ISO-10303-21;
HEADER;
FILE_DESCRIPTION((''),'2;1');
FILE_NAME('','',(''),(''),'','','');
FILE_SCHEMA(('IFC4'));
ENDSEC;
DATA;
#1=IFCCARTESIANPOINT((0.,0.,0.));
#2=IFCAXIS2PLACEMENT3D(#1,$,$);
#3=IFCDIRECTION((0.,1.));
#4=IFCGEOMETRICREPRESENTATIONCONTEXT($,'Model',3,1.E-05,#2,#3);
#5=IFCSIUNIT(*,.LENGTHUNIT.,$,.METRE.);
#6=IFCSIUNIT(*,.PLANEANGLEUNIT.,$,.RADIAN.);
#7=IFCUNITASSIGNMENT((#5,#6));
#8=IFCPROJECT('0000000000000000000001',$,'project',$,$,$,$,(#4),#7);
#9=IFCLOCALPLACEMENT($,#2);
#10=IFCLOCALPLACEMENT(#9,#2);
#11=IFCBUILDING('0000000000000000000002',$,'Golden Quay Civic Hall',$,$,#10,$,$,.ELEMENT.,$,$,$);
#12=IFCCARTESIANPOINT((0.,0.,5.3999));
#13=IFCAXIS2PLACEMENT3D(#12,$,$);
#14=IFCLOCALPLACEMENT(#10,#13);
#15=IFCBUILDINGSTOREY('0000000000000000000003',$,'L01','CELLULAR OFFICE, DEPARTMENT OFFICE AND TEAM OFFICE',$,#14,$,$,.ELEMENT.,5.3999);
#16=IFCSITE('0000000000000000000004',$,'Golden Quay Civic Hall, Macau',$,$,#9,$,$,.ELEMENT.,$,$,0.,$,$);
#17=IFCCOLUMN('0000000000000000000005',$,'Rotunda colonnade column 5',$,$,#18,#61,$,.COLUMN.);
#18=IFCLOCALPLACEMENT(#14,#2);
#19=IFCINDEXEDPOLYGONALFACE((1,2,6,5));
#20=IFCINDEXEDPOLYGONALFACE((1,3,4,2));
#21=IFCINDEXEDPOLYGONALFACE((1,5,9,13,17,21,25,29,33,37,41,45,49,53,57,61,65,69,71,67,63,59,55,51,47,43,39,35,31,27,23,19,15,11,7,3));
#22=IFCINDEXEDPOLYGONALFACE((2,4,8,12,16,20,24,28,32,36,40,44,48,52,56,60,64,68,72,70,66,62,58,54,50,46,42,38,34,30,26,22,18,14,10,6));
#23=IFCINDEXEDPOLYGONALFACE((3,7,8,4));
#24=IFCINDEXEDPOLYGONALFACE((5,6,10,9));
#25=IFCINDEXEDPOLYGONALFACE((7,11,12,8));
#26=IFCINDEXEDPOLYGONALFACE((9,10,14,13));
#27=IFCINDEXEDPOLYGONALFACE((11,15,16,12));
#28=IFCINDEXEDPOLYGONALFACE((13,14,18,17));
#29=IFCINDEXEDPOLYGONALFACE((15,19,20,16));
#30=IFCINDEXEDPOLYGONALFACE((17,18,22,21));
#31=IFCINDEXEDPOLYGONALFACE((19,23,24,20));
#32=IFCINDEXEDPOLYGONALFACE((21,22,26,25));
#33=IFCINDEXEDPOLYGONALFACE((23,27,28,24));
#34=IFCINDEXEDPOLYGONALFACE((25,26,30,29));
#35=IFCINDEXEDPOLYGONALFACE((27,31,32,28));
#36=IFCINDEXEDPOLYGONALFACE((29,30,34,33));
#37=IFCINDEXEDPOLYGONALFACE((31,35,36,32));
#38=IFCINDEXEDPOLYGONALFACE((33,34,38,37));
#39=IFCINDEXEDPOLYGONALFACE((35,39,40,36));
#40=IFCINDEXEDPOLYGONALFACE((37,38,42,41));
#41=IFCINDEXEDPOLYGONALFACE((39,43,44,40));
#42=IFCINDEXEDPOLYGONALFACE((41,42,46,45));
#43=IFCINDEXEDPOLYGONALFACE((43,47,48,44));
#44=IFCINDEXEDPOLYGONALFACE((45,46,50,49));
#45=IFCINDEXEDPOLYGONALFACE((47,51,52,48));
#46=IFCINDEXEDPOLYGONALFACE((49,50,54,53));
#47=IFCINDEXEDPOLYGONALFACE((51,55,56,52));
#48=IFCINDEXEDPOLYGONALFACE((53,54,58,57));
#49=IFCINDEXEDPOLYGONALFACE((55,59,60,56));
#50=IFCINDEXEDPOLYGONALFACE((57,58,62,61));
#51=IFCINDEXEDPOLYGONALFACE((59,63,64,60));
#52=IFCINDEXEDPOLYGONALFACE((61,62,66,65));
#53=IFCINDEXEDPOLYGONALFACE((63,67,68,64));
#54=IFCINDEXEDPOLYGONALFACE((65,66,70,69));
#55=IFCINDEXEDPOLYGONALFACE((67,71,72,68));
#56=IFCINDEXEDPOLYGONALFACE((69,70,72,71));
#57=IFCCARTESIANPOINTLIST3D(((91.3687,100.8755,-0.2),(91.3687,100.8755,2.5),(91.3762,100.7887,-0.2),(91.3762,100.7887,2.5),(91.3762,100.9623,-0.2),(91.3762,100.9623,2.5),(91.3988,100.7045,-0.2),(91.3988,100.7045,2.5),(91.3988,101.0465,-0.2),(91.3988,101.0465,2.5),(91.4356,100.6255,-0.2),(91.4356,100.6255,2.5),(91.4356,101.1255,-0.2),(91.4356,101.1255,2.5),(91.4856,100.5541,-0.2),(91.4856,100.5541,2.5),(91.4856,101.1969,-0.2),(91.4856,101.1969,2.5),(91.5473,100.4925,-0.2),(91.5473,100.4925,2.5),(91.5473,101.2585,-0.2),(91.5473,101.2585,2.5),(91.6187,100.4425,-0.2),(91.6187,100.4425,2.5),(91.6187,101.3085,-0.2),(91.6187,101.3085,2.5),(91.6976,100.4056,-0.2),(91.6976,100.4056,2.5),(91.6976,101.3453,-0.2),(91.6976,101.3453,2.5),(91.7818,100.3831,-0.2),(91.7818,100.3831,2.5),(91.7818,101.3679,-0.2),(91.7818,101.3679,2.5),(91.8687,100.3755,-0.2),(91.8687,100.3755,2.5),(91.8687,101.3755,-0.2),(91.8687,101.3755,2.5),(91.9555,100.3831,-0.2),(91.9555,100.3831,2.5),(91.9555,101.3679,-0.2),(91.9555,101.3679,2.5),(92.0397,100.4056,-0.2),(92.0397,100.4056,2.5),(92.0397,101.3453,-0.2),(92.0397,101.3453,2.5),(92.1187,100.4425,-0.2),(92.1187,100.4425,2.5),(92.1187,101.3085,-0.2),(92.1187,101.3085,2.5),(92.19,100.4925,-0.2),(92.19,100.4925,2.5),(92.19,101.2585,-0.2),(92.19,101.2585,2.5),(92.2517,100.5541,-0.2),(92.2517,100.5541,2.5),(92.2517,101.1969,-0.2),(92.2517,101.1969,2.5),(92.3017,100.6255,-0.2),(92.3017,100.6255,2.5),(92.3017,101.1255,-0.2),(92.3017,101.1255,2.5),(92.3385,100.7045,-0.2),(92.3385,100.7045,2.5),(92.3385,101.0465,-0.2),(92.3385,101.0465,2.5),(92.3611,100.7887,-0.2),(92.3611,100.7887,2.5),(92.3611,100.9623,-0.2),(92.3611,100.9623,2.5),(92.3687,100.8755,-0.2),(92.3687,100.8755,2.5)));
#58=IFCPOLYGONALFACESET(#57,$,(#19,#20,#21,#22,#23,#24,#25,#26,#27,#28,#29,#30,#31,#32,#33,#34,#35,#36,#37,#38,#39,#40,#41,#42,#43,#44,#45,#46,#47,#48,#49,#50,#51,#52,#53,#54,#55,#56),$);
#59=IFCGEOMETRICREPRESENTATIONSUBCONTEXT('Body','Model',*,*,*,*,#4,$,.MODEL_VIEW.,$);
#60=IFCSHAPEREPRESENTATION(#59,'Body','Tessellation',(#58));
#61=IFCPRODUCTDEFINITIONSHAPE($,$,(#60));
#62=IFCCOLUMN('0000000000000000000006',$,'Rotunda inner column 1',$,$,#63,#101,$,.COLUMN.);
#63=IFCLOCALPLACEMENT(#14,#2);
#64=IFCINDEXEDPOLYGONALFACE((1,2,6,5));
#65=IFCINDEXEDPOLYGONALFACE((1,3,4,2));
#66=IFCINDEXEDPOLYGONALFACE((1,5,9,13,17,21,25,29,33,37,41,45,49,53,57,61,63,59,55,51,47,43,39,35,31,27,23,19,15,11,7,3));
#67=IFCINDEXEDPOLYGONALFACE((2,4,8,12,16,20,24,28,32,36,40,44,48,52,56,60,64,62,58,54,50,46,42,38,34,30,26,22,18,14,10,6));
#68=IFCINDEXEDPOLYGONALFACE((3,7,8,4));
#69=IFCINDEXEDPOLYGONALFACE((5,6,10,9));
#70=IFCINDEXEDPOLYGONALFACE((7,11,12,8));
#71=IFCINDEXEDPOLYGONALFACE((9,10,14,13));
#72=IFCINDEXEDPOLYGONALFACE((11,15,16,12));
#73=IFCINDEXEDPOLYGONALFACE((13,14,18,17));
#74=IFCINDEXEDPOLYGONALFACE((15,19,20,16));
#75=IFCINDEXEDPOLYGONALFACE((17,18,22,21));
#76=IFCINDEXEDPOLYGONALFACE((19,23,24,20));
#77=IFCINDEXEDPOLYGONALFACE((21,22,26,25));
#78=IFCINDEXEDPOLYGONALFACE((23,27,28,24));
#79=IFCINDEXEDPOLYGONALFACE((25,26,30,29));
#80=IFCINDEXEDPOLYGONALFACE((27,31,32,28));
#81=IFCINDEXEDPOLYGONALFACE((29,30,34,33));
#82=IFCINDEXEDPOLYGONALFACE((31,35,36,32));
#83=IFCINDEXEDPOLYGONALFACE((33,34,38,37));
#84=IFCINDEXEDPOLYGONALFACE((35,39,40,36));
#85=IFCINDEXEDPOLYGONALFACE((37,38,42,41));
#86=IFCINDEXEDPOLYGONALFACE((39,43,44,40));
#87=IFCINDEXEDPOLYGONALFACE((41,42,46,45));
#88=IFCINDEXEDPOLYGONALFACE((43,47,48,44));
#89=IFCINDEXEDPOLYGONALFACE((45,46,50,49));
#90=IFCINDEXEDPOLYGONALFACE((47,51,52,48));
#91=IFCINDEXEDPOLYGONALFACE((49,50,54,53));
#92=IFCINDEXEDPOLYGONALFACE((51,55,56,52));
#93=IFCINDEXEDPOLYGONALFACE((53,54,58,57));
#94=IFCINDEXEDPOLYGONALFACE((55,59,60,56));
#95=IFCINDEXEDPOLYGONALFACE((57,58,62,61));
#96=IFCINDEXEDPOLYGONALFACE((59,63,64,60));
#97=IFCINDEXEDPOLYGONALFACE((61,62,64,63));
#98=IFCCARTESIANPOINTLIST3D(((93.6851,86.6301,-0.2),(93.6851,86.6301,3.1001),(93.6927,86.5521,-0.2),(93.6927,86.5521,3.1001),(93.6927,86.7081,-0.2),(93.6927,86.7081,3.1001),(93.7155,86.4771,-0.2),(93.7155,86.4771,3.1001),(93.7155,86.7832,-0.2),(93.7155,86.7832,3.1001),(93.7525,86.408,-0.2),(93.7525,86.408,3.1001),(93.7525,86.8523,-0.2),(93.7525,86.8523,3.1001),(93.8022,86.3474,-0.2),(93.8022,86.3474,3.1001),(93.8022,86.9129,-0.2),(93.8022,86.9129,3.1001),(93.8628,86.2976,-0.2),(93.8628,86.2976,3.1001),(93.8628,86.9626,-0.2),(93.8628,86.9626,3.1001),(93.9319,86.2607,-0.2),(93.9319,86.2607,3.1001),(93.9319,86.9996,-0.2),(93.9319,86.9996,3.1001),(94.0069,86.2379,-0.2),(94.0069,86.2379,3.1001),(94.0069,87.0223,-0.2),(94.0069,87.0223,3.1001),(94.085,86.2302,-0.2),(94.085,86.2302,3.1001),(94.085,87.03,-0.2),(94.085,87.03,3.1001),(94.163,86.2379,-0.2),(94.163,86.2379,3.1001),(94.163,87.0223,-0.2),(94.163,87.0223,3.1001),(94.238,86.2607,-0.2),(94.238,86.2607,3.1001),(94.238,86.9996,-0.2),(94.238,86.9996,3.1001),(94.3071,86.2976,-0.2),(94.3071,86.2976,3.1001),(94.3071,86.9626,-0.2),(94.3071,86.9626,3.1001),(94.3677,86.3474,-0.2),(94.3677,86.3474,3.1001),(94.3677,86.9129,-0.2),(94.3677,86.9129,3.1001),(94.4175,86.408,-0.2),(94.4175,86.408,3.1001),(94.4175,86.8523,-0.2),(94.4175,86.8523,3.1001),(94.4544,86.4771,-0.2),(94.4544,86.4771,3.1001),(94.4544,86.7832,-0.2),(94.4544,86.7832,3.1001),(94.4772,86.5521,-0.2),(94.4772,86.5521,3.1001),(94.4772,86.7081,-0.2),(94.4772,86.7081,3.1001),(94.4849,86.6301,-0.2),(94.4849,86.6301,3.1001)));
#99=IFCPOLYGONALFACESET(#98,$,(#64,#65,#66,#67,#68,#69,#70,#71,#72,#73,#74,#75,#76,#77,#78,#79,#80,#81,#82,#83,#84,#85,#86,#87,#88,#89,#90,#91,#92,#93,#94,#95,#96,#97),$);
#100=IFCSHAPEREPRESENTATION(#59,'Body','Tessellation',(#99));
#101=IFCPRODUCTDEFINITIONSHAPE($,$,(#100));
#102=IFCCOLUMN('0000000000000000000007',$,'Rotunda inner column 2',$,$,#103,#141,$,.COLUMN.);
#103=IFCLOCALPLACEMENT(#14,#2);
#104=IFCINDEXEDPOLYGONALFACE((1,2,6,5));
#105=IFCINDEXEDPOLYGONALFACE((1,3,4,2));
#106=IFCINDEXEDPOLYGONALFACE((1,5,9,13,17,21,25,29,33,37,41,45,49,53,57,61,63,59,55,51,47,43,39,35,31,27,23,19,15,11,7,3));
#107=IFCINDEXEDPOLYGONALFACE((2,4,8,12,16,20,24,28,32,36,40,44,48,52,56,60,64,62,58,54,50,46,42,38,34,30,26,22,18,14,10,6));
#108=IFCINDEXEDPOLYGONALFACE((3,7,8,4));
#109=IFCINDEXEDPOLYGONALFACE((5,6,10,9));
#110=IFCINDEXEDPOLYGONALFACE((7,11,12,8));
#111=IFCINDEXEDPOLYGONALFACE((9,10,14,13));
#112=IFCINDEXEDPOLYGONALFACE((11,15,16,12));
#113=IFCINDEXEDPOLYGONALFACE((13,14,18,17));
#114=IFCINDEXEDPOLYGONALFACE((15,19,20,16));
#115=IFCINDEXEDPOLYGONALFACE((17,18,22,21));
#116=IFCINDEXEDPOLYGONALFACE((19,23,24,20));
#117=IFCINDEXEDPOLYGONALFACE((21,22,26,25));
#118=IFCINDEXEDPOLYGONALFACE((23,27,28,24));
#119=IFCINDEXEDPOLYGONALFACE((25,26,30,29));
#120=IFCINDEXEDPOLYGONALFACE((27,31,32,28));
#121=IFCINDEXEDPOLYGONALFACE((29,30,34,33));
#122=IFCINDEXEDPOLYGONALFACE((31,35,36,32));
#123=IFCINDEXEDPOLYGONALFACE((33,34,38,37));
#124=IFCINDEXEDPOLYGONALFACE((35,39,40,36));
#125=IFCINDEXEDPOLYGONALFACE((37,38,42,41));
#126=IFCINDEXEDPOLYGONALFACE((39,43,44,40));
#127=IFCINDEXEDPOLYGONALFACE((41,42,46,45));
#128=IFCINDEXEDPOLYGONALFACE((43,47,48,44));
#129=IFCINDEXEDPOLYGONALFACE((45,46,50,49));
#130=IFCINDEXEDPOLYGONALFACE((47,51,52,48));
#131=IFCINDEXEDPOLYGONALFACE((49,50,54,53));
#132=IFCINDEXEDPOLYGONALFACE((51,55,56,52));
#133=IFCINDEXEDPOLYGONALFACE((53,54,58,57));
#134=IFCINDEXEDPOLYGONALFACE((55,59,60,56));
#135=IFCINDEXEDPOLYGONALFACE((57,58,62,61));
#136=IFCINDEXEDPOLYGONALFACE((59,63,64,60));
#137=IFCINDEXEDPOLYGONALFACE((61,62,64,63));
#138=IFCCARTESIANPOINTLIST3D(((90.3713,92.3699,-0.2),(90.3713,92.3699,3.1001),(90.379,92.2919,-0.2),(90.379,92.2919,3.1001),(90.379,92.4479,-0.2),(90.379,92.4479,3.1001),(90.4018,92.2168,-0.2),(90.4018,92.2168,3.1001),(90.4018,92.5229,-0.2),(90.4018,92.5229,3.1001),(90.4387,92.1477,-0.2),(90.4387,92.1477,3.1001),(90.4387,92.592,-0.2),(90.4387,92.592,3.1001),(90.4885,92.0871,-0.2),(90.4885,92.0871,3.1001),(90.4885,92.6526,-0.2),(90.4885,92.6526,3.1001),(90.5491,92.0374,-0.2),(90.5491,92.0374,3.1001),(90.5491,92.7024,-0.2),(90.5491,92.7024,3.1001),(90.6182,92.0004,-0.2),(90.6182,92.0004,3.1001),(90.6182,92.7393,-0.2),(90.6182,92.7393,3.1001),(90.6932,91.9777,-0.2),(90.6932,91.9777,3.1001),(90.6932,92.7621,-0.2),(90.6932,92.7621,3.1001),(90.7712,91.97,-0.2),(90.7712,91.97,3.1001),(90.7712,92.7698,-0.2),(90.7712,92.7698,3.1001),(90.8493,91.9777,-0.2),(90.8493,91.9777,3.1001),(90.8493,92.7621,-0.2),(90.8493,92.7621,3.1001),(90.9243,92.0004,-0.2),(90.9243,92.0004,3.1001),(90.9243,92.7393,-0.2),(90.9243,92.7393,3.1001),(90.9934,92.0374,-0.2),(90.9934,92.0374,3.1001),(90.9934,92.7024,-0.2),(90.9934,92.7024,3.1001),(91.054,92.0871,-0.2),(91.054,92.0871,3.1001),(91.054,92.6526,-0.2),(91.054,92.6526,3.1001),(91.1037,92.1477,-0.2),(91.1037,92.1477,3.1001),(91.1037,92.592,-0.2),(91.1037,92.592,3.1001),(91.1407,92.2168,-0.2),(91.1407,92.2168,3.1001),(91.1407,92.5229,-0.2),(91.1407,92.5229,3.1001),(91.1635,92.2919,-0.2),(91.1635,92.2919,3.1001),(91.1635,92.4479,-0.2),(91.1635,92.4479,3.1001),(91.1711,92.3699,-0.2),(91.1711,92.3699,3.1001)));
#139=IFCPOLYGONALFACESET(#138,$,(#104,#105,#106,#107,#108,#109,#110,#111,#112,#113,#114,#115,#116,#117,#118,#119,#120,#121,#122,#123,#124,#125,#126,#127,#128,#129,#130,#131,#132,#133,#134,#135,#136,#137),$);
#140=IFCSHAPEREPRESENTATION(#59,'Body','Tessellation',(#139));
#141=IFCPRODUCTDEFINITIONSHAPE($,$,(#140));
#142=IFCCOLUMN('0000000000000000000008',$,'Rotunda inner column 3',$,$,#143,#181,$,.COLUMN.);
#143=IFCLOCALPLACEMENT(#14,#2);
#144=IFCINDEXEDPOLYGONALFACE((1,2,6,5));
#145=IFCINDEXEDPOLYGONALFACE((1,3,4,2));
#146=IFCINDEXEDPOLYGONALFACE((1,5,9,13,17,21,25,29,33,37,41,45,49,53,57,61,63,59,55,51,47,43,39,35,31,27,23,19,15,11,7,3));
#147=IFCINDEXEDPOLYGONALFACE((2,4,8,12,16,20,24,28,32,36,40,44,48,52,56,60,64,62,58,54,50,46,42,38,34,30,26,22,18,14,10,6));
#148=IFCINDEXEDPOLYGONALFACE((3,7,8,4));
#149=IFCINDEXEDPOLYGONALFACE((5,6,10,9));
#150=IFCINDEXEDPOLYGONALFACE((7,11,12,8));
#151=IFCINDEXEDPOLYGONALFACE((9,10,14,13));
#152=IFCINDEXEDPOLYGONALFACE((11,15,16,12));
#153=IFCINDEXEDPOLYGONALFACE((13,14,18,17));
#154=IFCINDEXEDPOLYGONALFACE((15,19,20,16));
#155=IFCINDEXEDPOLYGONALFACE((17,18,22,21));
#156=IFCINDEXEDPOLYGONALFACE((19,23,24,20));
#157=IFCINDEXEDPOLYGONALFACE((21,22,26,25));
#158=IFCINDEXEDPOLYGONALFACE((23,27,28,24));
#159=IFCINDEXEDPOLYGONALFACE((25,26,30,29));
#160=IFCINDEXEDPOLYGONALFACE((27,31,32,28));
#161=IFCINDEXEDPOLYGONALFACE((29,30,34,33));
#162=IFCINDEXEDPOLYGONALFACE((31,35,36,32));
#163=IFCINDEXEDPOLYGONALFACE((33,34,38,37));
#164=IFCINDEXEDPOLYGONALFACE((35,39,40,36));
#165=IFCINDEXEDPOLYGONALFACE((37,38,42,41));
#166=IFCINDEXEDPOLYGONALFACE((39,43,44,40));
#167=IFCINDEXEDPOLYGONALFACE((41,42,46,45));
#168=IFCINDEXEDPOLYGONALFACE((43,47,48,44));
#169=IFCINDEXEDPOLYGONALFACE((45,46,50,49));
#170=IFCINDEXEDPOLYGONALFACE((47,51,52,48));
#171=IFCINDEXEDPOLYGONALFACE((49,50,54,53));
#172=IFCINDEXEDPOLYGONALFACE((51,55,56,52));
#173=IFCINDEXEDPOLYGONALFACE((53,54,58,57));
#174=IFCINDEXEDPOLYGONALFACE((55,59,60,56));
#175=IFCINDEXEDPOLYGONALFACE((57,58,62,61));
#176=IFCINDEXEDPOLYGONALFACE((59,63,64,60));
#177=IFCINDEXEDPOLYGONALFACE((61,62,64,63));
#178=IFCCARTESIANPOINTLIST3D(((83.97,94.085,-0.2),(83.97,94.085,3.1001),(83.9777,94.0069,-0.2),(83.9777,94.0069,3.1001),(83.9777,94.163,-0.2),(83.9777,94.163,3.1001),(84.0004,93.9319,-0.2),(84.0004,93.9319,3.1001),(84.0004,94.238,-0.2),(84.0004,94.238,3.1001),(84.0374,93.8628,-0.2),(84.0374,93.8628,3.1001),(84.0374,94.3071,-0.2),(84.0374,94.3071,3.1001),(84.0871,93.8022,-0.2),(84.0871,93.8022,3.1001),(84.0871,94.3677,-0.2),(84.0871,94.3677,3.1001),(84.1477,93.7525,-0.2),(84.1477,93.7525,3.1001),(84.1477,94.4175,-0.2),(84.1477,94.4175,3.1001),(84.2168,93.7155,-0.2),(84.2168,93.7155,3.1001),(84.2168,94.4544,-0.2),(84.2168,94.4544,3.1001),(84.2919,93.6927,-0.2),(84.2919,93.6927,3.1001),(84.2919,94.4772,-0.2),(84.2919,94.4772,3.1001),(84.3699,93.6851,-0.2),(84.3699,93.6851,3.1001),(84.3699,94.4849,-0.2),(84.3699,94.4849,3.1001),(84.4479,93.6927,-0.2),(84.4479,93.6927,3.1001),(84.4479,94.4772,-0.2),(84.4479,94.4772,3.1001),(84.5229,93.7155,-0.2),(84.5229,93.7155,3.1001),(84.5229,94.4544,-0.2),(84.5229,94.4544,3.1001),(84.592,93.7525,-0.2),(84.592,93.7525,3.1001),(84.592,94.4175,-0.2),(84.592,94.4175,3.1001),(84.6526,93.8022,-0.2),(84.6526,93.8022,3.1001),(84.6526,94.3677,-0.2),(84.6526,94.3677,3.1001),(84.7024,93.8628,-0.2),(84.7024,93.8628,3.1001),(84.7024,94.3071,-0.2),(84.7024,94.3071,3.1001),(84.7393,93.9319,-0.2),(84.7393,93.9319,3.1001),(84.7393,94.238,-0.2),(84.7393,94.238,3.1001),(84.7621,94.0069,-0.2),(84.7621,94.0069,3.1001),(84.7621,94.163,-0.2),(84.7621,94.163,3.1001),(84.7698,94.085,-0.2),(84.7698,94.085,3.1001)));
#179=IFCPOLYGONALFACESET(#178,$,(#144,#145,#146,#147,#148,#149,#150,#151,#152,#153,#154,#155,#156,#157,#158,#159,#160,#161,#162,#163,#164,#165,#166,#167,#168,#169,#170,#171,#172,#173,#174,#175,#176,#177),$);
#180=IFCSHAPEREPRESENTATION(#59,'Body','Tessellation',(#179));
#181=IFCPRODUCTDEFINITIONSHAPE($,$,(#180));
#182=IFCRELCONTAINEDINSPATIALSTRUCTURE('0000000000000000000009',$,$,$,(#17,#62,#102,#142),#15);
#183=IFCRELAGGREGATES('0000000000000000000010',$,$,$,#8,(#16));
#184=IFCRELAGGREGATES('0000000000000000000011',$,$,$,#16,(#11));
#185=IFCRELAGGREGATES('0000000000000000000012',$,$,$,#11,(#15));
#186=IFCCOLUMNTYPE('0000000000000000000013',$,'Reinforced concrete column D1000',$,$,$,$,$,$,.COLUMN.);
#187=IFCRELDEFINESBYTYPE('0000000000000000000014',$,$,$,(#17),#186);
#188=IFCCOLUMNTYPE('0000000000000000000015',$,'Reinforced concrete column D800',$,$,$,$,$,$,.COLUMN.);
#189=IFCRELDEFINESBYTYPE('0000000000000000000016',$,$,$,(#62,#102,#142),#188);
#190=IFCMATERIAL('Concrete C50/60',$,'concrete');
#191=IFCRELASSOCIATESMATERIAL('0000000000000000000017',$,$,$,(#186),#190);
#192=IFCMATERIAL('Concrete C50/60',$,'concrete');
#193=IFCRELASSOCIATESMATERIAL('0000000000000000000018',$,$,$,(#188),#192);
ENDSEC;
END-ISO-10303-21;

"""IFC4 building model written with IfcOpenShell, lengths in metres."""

from ifc_helpers import new_model, si_unit, direction, frame, origin, origin_2d, place, context, subcontext, project, spatial, circle, extrude, material, material_profile, profile_set, type_object, element, save


model = new_model("IFC4")

# Units and contexts
model_context = context("Model", 3, precision=1e-05, world=origin(), true_north=direction((0.0, 1.0)))
body_context = subcontext(model_context, "Body", "Model", "MODEL_VIEW")
ifc_project = project(units=[si_unit("LENGTHUNIT", "METRE"), si_unit("PLANEANGLEUNIT", "RADIAN")], contexts=[model_context])

# Site, building, storey
site_placement = place(None, origin())
site = spatial("IfcSite", under=ifc_project, at=site_placement, Name="Golden Quay Civic Hall, Macau", CompositionType="ELEMENT", RefElevation=0.0)
building_placement = place(site_placement, origin())
building = spatial("IfcBuilding", under=site, at=building_placement, Name="Golden Quay Civic Hall", CompositionType="ELEMENT")
storey_placement = place(building_placement, frame((0.0, 0.0, 5.3999)))
storey = spatial("IfcBuildingStorey", under=building, at=storey_placement, Name="L01", Description="CELLULAR OFFICE, DEPARTMENT OFFICE AND TEAM OFFICE", CompositionType="ELEMENT", Elevation=5.3999)

# Columns
ifc_material_1 = material(Name="Concrete C50/60", Category="concrete")
ifc_material_profile_1 = material_profile(ifc_material_1, circle(Radius=0.5, at=origin_2d()), Name="RC D1000")
ifc_profile_set_1 = profile_set([ifc_material_profile_1], Name="Concrete C50/60")
column_type_1 = type_object("IfcColumnType", Name="Reinforced concrete column D1000", PredefinedType="COLUMN", material=ifc_profile_set_1)
for number, where, z_axis, x_axis, name in (
    (1, (91.8687, 100.8755, -0.2), (0.0, 0.0, 1.0), (1.0, 0.0, 0.0), "Rotunda colonnade column 5"),
):
    element("IfcColumn", number, at=place(storey_placement, frame(where, z_axis=z_axis, x_axis=x_axis)), inside=storey, type_object=column_type_1, Name=name, PredefinedType="COLUMN", context=body_context, shape_type="SweptSolid", body=[
        extrude(circle(Radius=0.5, at=origin_2d()), origin(), (0.0, 0.0, 1.0), 2.7),
    ])
ifc_material_2 = material(Name="Concrete C50/60", Category="concrete")
ifc_material_profile_2 = material_profile(ifc_material_2, circle(Radius=0.3999, at=origin_2d()), Name="RC D800")
ifc_profile_set_2 = profile_set([ifc_material_profile_2], Name="Concrete C50/60")
column_type_2 = type_object("IfcColumnType", Name="Reinforced concrete column D800", PredefinedType="COLUMN", material=ifc_profile_set_2)
for number, where, z_axis, x_axis, name in (
    (2, (94.085, 86.6301, -0.2), (0.0, 0.0, 1.0), (1.0, 0.0, 0.0), "Rotunda inner column 1"),
    (3, (90.7712, 92.3699, -0.2), (0.0, 0.0, 1.0), (1.0, 0.0, 0.0), "Rotunda inner column 2"),
    (4, (84.3699, 94.085, -0.2), (0.0, 0.0, 1.0), (1.0, 0.0, 0.0), "Rotunda inner column 3"),
):
    element("IfcColumn", number, at=place(storey_placement, frame(where, z_axis=z_axis, x_axis=x_axis)), inside=storey, type_object=column_type_2, Name=name, PredefinedType="COLUMN", context=body_context, shape_type="SweptSolid", body=[
        extrude(circle(Radius=0.3999, at=origin_2d()), origin(), (0.0, 0.0, 1.0), 3.3),
    ])

save(model, "model.ifc")
